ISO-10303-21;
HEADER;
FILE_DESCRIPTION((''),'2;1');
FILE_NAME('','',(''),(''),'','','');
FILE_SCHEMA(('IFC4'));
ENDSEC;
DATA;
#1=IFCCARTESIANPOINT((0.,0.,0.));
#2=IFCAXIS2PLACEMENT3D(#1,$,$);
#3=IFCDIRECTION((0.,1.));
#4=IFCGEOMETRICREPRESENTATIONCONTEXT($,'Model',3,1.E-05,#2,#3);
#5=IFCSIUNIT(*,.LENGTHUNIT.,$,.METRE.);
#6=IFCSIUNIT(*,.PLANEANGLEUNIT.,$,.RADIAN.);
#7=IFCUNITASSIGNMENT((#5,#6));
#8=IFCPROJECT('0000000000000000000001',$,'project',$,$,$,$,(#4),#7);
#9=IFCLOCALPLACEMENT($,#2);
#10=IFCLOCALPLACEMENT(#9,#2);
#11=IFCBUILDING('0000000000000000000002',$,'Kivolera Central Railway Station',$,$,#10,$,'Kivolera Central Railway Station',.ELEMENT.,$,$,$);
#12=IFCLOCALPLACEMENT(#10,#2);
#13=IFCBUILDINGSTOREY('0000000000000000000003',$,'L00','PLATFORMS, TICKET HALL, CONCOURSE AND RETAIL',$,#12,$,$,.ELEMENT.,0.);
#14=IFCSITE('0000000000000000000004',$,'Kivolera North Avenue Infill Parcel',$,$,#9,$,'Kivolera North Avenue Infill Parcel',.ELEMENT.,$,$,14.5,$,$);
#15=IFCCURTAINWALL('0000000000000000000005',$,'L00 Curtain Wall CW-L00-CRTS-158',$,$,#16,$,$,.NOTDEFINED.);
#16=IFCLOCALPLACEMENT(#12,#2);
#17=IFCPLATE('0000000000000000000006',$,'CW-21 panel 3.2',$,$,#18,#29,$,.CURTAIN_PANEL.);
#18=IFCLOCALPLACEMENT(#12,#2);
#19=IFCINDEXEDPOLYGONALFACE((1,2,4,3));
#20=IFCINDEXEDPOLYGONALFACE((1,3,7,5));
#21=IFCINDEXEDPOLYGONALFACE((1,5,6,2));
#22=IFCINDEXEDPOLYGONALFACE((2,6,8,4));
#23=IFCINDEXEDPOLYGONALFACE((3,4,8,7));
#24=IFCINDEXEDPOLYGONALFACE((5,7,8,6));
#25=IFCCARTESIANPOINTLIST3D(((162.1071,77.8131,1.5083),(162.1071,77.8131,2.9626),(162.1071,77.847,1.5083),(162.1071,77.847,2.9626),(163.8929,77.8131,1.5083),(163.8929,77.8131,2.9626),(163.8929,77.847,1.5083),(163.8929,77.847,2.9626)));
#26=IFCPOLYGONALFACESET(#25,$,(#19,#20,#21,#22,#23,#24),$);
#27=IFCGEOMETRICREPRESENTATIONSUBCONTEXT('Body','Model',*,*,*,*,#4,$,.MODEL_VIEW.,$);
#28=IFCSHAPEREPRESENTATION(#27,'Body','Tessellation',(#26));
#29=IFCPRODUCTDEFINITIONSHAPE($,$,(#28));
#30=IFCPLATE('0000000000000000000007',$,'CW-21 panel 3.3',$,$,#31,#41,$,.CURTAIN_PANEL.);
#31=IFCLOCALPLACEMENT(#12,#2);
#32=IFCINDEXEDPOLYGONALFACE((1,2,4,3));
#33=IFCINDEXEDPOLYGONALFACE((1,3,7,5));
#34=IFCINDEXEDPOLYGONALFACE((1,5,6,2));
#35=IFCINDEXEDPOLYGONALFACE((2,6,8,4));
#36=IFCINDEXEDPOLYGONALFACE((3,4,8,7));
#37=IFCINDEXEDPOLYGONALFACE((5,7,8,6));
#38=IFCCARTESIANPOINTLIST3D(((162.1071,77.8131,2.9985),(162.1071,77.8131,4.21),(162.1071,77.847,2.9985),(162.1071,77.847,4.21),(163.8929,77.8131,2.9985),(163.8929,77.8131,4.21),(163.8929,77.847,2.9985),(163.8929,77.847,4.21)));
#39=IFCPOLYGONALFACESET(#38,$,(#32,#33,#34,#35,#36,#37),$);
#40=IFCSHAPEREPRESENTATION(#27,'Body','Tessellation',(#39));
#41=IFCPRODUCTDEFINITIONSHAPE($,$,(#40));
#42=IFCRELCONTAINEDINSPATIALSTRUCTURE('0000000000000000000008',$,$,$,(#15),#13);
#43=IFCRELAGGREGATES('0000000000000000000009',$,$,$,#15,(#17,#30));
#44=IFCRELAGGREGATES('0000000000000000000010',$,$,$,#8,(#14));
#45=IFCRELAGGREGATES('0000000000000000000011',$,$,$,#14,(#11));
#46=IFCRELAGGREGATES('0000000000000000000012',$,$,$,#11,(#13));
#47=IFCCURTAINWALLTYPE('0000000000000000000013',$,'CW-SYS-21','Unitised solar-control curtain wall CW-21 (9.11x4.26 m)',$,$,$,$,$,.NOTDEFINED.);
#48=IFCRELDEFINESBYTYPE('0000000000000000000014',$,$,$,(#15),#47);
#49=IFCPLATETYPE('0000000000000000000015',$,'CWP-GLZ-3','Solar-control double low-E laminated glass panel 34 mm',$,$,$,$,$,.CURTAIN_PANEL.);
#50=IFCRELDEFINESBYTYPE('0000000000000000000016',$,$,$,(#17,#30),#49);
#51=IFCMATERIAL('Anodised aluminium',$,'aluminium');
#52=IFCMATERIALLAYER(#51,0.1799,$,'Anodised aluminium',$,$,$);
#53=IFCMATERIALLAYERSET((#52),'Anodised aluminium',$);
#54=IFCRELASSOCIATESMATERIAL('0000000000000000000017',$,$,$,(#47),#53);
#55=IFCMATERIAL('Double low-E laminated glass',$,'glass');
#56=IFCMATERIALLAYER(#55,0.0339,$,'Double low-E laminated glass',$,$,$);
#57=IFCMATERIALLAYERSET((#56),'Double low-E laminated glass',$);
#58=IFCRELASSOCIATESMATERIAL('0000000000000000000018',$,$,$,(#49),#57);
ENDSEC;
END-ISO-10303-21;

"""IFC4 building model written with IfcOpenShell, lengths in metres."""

from ifc_helpers import new_model, si_unit, direction, frame, origin, origin_2d, place, context, subcontext, project, spatial, rectangle, extrude, material, layer, layer_set, type_object, element, aggregate, save


model = new_model("IFC4")

# Units and contexts
model_context = context("Model", 3, precision=1e-05, world=origin(), true_north=direction((0.0, 1.0)))
body_context = subcontext(model_context, "Body", "Model", "MODEL_VIEW")
ifc_project = project(units=[si_unit("LENGTHUNIT", "METRE"), si_unit("PLANEANGLEUNIT", "RADIAN")], contexts=[model_context])

# Site, building, storey
site_placement = place(None, origin())
site = spatial("IfcSite", under=ifc_project, at=site_placement, Name="Kivolera North Avenue Infill Parcel", LongName="Kivolera North Avenue Infill Parcel", CompositionType="ELEMENT", RefElevation=14.5)
building_placement = place(site_placement, origin())
building = spatial("IfcBuilding", under=site, at=building_placement, Name="Kivolera Central Railway Station", LongName="Kivolera Central Railway Station", CompositionType="ELEMENT")
storey_placement = place(building_placement, origin())
storey = spatial("IfcBuildingStorey", under=building, at=storey_placement, Name="L00", Description="PLATFORMS, TICKET HALL, CONCOURSE AND RETAIL", CompositionType="ELEMENT", Elevation=0.0)

# Curtain wall, plates
ifc_material_1 = material(Name="Anodised aluminium", Category="aluminium")
ifc_layer_1 = layer(ifc_material_1, 0.1799, Name="Anodised aluminium")
ifc_layer_set_1 = layer_set([ifc_layer_1], Name="Anodised aluminium")
curtain_wall_type = type_object("IfcCurtainWallType", Name="CW-SYS-21", Description="Unitised solar-control curtain wall CW-21 (9.11x4.26 m)", PredefinedType="NOTDEFINED", material=ifc_layer_set_1)
curtain_wall_placement = place(storey_placement, origin())
curtain_wall = element("IfcCurtainWall", 1, at=curtain_wall_placement, inside=storey, type_object=curtain_wall_type, Name="L00 Curtain Wall CW-L00-CRTS-158", PredefinedType="NOTDEFINED")
ifc_material_2 = material(Name="Double low-E laminated glass", Category="glass")
ifc_layer_2 = layer(ifc_material_2, 0.0339, Name="Double low-E laminated glass")
ifc_layer_set_2 = layer_set([ifc_layer_2], Name="Double low-E laminated glass")
plate_type = type_object("IfcPlateType", Name="CWP-GLZ-3", Description="Solar-control double low-E laminated glass panel 34 mm", PredefinedType="CURTAIN_PANEL", material=ifc_layer_set_2)
plate_1_placement = place(storey_placement, frame((163.0, 77.8301, 1.5083), z_axis=(0.0, 0.0, 1.0), x_axis=(1.0, 0.0, 0.0)))
plate_1 = element("IfcPlate", 2, at=plate_1_placement, type_object=plate_type, Name="CW-21 panel 3.2", PredefinedType="CURTAIN_PANEL", context=body_context, shape_type="SweptSolid", body=[
    extrude(rectangle(XDim=1.7859, YDim=0.0339, at=origin_2d()), origin(), (0.0, 0.0, 1.0), 1.4543),
])
plate_2_placement = place(storey_placement, frame((163.0, 77.8301, 2.9985), z_axis=(0.0, 0.0, 1.0), x_axis=(1.0, 0.0, 0.0)))
plate_2 = element("IfcPlate", 3, at=plate_2_placement, type_object=plate_type, Name="CW-21 panel 3.3", PredefinedType="CURTAIN_PANEL", context=body_context, shape_type="SweptSolid", body=[
    extrude(rectangle(XDim=1.7859, YDim=0.0339, at=origin_2d()), origin(), (0.0, 0.0, 1.0), 1.2114),
])
aggregate(curtain_wall, [plate_1, plate_2])

save(model, "model.ifc")
